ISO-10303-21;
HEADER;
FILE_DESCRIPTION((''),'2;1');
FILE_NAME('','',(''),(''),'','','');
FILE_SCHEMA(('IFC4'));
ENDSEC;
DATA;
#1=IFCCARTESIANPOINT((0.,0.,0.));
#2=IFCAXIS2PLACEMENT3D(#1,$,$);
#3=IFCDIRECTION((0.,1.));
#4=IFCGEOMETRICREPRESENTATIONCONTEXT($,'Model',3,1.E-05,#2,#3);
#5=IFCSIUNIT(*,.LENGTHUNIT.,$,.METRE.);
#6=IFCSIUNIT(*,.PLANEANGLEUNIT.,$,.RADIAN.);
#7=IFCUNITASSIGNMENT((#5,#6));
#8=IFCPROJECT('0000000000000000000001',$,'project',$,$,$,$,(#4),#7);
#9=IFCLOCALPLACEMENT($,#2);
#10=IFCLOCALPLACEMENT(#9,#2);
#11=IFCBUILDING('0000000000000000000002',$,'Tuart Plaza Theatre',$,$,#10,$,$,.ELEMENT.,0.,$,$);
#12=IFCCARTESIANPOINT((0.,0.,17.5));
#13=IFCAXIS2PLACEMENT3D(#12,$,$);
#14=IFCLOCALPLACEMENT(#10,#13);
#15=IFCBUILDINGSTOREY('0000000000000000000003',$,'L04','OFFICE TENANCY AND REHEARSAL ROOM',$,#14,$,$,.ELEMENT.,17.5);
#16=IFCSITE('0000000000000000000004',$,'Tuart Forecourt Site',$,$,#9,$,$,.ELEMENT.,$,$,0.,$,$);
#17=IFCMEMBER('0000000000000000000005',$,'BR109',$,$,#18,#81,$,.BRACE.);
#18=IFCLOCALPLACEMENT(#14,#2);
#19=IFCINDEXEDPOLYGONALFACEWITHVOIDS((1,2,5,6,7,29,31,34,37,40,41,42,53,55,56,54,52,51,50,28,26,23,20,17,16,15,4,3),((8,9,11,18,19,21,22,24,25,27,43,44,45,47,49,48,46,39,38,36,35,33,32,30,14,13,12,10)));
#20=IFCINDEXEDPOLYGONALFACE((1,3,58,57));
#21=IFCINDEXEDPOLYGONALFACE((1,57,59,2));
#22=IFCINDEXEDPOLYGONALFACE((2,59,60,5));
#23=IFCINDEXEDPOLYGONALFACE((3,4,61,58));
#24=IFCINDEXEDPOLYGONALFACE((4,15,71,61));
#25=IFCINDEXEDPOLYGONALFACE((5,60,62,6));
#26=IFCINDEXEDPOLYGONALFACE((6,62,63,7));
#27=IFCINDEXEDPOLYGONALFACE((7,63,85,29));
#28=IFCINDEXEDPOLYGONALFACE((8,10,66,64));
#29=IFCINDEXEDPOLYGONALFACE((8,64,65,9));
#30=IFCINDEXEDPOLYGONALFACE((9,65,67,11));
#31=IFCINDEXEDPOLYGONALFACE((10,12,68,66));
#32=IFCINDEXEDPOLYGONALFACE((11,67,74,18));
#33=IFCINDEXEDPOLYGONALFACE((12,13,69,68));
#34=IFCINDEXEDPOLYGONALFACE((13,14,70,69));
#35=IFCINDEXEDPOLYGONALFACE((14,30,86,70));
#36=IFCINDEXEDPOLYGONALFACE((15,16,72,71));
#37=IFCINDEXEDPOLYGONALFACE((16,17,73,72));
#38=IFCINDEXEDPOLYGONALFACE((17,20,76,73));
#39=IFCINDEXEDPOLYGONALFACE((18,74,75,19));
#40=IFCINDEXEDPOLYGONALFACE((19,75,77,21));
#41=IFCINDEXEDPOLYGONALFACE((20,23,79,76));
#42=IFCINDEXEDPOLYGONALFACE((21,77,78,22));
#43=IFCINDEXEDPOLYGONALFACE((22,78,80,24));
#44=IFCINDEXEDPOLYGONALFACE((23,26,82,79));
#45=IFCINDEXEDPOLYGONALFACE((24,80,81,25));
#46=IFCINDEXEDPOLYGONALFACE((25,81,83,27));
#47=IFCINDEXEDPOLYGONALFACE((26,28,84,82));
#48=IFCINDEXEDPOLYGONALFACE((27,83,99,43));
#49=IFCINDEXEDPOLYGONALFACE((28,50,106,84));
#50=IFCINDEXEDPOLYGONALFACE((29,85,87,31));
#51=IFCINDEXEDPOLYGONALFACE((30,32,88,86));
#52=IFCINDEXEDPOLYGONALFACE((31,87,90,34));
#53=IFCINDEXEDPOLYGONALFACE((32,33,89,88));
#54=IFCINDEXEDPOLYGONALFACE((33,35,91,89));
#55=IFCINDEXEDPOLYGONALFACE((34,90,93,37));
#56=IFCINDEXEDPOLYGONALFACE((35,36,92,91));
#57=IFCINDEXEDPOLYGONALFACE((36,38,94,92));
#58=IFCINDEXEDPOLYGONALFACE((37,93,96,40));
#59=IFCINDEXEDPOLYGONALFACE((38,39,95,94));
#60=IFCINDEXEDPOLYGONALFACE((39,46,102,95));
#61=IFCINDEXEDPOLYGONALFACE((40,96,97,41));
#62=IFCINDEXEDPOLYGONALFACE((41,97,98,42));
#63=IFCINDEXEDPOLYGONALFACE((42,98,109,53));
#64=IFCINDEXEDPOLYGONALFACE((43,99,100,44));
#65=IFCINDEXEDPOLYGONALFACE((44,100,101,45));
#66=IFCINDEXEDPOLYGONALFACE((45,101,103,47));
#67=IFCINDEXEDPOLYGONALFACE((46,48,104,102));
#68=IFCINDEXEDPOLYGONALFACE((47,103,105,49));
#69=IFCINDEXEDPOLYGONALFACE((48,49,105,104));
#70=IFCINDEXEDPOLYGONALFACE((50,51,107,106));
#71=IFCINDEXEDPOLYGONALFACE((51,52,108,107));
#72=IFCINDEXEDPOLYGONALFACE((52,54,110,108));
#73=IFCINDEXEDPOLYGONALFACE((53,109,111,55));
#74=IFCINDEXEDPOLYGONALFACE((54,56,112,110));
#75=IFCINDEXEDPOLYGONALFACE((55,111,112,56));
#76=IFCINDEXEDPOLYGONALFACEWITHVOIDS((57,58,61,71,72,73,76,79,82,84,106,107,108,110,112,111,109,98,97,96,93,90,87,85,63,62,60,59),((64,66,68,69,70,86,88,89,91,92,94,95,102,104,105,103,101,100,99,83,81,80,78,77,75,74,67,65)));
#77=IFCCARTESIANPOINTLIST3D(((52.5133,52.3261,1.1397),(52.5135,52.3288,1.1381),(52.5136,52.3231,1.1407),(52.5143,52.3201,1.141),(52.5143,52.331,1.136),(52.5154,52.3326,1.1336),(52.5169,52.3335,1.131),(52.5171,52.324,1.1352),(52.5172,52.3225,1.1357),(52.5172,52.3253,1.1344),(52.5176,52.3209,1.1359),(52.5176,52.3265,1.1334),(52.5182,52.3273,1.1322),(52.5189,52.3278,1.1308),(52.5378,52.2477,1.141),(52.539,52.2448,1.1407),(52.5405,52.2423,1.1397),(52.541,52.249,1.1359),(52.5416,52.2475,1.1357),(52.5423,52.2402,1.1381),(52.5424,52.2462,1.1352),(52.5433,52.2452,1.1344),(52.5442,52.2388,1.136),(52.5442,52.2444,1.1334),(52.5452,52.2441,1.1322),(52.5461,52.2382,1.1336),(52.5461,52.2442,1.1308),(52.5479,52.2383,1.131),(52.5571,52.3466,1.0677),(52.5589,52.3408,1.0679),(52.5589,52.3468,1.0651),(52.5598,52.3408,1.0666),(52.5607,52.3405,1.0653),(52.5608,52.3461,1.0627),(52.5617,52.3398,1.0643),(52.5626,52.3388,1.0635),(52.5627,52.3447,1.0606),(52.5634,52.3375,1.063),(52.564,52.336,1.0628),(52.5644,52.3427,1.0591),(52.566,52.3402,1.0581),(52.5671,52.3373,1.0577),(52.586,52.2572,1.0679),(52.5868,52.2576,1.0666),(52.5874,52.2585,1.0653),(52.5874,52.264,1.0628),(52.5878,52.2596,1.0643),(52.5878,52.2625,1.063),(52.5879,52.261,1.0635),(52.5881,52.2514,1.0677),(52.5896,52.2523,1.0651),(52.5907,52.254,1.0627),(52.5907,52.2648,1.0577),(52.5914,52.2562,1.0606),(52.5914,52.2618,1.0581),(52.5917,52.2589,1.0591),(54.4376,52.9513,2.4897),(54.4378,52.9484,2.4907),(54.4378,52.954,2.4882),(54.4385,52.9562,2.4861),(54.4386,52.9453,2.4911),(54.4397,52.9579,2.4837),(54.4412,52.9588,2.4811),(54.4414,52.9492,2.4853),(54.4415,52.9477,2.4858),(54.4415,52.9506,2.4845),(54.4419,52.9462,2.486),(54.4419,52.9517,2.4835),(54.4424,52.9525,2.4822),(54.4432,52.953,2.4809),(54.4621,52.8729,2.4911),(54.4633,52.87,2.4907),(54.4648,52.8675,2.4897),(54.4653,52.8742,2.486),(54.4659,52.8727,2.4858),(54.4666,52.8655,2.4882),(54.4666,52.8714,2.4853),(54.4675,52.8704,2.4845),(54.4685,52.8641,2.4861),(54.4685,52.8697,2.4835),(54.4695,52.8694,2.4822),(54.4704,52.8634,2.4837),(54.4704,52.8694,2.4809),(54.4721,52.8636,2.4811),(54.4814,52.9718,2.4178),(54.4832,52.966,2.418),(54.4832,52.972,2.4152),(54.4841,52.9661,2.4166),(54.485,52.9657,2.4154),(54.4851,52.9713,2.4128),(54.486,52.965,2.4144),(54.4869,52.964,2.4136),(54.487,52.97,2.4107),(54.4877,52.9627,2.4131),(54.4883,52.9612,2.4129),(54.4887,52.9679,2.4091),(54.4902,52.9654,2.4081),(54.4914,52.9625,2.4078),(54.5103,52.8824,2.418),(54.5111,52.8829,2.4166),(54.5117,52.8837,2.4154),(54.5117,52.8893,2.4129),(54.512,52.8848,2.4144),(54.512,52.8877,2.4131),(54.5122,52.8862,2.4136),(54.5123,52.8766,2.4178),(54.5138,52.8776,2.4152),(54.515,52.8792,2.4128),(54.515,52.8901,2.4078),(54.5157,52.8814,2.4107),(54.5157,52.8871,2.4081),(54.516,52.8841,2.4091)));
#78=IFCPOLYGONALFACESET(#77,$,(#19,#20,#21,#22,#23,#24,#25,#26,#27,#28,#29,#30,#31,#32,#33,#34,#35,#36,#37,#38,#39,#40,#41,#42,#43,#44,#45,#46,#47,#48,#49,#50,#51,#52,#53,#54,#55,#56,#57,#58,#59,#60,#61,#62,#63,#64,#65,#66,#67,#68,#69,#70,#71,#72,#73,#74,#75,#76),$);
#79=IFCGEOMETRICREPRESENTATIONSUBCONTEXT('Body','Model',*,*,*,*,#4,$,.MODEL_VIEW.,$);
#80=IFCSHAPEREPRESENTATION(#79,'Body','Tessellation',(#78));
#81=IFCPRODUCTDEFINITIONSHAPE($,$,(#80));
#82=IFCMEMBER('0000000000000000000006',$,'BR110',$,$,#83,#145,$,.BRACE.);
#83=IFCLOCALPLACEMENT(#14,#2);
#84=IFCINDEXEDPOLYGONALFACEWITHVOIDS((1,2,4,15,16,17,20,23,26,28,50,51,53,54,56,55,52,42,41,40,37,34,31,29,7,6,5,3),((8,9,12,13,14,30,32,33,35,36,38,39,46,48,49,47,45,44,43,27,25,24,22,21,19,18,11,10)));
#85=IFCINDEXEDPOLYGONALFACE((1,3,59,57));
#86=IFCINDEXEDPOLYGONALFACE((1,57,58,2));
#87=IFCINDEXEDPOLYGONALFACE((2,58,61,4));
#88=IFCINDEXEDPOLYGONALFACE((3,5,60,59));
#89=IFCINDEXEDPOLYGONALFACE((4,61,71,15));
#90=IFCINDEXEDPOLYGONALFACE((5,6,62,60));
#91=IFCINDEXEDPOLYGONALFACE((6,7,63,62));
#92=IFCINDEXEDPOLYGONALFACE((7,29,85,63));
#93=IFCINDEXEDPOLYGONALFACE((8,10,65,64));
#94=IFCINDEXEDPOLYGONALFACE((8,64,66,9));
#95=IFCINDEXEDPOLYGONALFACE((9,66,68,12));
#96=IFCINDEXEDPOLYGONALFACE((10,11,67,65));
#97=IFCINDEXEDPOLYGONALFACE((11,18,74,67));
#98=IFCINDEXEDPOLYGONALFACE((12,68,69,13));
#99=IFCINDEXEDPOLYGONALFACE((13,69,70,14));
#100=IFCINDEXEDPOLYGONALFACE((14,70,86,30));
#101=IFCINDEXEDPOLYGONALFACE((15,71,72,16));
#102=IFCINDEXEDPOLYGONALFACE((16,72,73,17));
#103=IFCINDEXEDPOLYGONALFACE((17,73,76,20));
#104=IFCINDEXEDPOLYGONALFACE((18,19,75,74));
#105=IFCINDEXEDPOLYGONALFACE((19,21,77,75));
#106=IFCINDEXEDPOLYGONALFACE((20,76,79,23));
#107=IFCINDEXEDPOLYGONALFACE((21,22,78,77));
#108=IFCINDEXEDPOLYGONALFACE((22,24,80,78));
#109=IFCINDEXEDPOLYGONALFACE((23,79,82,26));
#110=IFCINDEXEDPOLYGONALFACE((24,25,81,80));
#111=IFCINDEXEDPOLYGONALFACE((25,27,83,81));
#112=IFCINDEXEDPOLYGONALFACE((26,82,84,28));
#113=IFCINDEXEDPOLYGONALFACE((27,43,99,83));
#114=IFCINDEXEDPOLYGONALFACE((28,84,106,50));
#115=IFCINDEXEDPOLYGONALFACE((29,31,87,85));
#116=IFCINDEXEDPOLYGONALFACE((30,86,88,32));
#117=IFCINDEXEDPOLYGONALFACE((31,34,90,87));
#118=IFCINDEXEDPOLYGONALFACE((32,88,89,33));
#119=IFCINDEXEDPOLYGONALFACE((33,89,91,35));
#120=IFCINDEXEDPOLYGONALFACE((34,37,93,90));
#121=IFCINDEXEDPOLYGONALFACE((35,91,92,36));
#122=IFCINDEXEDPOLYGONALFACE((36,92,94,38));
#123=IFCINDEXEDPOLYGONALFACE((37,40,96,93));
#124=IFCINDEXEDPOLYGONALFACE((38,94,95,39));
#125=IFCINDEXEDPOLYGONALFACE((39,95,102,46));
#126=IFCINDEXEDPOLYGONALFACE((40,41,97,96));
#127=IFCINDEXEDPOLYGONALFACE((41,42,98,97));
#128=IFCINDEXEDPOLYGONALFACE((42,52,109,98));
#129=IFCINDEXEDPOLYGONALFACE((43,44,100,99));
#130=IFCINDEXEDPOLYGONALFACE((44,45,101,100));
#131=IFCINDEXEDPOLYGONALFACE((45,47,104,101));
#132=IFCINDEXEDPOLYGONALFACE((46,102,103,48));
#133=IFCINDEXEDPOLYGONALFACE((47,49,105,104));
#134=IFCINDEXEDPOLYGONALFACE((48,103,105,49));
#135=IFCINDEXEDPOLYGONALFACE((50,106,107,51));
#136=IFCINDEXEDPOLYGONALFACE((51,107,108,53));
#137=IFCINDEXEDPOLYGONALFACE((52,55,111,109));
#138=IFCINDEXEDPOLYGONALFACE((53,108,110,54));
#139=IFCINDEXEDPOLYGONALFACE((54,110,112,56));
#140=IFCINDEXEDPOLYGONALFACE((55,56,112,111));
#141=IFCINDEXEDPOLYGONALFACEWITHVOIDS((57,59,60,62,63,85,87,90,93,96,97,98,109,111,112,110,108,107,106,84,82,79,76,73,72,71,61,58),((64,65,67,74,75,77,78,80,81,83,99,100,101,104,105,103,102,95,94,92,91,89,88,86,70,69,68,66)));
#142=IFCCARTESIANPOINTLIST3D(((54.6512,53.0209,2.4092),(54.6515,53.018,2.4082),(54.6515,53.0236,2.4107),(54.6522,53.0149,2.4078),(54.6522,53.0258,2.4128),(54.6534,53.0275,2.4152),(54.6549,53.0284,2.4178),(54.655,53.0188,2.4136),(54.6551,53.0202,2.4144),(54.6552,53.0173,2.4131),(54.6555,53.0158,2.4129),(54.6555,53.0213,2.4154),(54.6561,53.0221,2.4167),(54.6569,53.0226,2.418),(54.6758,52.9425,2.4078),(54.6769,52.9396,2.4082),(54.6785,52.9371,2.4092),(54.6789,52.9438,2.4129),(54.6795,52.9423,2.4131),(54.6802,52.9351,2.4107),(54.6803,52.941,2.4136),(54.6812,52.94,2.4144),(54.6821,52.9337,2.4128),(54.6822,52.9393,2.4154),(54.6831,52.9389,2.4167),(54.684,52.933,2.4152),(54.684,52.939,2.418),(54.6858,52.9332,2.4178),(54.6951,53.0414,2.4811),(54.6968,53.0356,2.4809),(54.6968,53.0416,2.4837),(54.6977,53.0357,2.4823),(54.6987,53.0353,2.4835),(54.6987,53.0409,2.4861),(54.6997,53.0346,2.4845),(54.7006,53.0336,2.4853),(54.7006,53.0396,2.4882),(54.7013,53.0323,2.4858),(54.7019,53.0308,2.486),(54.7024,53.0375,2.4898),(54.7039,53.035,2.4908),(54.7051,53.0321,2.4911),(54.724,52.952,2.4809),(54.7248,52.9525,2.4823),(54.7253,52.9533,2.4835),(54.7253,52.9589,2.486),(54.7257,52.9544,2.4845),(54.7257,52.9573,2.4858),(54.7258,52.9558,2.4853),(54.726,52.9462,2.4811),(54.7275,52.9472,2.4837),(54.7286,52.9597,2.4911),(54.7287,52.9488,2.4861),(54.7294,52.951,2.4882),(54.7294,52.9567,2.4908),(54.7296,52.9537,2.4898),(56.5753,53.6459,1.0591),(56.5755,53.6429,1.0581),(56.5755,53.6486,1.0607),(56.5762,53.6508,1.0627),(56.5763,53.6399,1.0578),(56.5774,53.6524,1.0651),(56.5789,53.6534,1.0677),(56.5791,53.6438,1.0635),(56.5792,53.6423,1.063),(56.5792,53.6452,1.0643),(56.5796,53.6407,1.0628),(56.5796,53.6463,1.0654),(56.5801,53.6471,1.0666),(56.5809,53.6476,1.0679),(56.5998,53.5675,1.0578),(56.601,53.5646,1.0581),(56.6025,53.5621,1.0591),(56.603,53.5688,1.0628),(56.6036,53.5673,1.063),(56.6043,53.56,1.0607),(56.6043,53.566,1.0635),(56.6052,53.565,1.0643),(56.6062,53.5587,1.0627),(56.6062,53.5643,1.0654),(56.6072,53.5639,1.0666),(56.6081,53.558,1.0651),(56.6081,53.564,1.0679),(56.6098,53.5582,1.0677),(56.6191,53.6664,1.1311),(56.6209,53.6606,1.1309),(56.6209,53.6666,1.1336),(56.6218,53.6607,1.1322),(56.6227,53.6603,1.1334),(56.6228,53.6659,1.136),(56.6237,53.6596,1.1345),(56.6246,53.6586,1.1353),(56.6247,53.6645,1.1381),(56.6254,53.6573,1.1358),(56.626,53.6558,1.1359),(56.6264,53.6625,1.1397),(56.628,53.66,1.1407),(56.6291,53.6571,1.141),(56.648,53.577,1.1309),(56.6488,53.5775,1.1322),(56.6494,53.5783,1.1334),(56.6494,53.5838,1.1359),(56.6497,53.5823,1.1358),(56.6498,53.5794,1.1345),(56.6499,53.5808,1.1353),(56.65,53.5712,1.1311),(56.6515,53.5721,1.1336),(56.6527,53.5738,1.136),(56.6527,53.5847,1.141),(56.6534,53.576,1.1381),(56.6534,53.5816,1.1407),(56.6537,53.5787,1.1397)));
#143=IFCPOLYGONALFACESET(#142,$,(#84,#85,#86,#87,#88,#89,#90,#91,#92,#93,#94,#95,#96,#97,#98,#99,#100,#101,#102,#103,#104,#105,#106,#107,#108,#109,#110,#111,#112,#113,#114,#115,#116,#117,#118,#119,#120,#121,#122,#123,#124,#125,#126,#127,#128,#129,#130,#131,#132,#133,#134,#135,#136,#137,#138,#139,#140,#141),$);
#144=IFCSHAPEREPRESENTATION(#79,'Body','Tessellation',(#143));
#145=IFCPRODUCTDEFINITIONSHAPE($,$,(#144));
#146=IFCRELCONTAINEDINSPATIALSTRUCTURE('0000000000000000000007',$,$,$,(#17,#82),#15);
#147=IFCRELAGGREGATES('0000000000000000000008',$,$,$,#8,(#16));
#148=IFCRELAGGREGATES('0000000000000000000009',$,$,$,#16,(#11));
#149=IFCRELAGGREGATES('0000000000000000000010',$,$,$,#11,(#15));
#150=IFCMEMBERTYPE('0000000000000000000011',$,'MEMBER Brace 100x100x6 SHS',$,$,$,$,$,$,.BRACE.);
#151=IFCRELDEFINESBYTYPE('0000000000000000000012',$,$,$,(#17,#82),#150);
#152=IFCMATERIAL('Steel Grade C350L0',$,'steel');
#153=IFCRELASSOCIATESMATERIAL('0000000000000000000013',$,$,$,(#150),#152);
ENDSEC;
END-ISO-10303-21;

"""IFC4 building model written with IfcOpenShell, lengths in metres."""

from ifc_helpers import new_model, si_unit, direction, frame, origin, origin_2d, place, context, subcontext, project, spatial, hollow_rectangle, extrude, material, material_profile, profile_set, type_object, element, save


model = new_model("IFC4")

# Units and contexts
model_context = context("Model", 3, precision=1e-05, world=origin(), true_north=direction((0.0, 1.0)))
body_context = subcontext(model_context, "Body", "Model", "MODEL_VIEW")
ifc_project = project(units=[si_unit("LENGTHUNIT", "METRE"), si_unit("PLANEANGLEUNIT", "RADIAN")], contexts=[model_context])

# Site, building, storey
site_placement = place(None, origin())
site = spatial("IfcSite", under=ifc_project, at=site_placement, Name="Tuart Forecourt Site", CompositionType="ELEMENT", RefElevation=0.0)
building_placement = place(site_placement, origin())
building = spatial("IfcBuilding", under=site, at=building_placement, Name="Tuart Plaza Theatre", CompositionType="ELEMENT", ElevationOfRefHeight=0.0)
storey_placement = place(building_placement, frame((0.0, 0.0, 17.5)))
storey = spatial("IfcBuildingStorey", under=building, at=storey_placement, Name="L04", Description="OFFICE TENANCY AND REHEARSAL ROOM", CompositionType="ELEMENT", Elevation=17.5)

# Members
ifc_material_1 = material(Name="Steel Grade C350L0", Category="steel")
ifc_material_profile_1 = material_profile(ifc_material_1, hollow_rectangle(XDim=0.1001, YDim=0.1001, WallThickness=0.0061, InnerFilletRadius=0.0061, OuterFilletRadius=0.012, at=origin_2d()), Name="100x100x6 SHS")
ifc_profile_set_1 = profile_set([ifc_material_profile_1], Name="Steel Grade C350L0")
member_type_1 = type_object("IfcMemberType", Name="MEMBER Brace 100x100x6 SHS", PredefinedType="BRACE", material=ifc_profile_set_1)
member_1_placement = place(storey_placement, frame((52.5525, 52.2925, 1.0994), z_axis=(0.791111, 0.257046, 0.555042), x_axis=(-0.309015, 0.951057, 0.0)))
element("IfcMember", 1, at=member_1_placement, inside=storey, type_object=member_type_1, Name="BR109", PredefinedType="BRACE", context=body_context, shape_type="SweptSolid", body=[
    extrude(hollow_rectangle(XDim=0.1001, YDim=0.1001, WallThickness=0.0061, InnerFilletRadius=0.0061, OuterFilletRadius=0.012, at=origin_2d()), origin(), (0.0, 0.0, 1.0), 2.4324),
])
for number, where, z_axis, x_axis, name in (
    (2, (54.6904, 52.9873, 2.4495), (0.791093, 0.256972, -0.5551), (-0.308941, 0.951081, 0.0), "BR110"),
):
    element("IfcMember", number, at=place(storey_placement, frame(where, z_axis=z_axis, x_axis=x_axis)), inside=storey, type_object=member_type_1, Name=name, PredefinedType="BRACE", context=body_context, shape_type="SweptSolid", body=[
        extrude(hollow_rectangle(XDim=0.1001, YDim=0.1001, WallThickness=0.0061, InnerFilletRadius=0.0061, OuterFilletRadius=0.012, at=origin_2d()), origin(), (0.0, 0.0, 1.0), 2.4321),
    ])

save(model, "model.ifc")
